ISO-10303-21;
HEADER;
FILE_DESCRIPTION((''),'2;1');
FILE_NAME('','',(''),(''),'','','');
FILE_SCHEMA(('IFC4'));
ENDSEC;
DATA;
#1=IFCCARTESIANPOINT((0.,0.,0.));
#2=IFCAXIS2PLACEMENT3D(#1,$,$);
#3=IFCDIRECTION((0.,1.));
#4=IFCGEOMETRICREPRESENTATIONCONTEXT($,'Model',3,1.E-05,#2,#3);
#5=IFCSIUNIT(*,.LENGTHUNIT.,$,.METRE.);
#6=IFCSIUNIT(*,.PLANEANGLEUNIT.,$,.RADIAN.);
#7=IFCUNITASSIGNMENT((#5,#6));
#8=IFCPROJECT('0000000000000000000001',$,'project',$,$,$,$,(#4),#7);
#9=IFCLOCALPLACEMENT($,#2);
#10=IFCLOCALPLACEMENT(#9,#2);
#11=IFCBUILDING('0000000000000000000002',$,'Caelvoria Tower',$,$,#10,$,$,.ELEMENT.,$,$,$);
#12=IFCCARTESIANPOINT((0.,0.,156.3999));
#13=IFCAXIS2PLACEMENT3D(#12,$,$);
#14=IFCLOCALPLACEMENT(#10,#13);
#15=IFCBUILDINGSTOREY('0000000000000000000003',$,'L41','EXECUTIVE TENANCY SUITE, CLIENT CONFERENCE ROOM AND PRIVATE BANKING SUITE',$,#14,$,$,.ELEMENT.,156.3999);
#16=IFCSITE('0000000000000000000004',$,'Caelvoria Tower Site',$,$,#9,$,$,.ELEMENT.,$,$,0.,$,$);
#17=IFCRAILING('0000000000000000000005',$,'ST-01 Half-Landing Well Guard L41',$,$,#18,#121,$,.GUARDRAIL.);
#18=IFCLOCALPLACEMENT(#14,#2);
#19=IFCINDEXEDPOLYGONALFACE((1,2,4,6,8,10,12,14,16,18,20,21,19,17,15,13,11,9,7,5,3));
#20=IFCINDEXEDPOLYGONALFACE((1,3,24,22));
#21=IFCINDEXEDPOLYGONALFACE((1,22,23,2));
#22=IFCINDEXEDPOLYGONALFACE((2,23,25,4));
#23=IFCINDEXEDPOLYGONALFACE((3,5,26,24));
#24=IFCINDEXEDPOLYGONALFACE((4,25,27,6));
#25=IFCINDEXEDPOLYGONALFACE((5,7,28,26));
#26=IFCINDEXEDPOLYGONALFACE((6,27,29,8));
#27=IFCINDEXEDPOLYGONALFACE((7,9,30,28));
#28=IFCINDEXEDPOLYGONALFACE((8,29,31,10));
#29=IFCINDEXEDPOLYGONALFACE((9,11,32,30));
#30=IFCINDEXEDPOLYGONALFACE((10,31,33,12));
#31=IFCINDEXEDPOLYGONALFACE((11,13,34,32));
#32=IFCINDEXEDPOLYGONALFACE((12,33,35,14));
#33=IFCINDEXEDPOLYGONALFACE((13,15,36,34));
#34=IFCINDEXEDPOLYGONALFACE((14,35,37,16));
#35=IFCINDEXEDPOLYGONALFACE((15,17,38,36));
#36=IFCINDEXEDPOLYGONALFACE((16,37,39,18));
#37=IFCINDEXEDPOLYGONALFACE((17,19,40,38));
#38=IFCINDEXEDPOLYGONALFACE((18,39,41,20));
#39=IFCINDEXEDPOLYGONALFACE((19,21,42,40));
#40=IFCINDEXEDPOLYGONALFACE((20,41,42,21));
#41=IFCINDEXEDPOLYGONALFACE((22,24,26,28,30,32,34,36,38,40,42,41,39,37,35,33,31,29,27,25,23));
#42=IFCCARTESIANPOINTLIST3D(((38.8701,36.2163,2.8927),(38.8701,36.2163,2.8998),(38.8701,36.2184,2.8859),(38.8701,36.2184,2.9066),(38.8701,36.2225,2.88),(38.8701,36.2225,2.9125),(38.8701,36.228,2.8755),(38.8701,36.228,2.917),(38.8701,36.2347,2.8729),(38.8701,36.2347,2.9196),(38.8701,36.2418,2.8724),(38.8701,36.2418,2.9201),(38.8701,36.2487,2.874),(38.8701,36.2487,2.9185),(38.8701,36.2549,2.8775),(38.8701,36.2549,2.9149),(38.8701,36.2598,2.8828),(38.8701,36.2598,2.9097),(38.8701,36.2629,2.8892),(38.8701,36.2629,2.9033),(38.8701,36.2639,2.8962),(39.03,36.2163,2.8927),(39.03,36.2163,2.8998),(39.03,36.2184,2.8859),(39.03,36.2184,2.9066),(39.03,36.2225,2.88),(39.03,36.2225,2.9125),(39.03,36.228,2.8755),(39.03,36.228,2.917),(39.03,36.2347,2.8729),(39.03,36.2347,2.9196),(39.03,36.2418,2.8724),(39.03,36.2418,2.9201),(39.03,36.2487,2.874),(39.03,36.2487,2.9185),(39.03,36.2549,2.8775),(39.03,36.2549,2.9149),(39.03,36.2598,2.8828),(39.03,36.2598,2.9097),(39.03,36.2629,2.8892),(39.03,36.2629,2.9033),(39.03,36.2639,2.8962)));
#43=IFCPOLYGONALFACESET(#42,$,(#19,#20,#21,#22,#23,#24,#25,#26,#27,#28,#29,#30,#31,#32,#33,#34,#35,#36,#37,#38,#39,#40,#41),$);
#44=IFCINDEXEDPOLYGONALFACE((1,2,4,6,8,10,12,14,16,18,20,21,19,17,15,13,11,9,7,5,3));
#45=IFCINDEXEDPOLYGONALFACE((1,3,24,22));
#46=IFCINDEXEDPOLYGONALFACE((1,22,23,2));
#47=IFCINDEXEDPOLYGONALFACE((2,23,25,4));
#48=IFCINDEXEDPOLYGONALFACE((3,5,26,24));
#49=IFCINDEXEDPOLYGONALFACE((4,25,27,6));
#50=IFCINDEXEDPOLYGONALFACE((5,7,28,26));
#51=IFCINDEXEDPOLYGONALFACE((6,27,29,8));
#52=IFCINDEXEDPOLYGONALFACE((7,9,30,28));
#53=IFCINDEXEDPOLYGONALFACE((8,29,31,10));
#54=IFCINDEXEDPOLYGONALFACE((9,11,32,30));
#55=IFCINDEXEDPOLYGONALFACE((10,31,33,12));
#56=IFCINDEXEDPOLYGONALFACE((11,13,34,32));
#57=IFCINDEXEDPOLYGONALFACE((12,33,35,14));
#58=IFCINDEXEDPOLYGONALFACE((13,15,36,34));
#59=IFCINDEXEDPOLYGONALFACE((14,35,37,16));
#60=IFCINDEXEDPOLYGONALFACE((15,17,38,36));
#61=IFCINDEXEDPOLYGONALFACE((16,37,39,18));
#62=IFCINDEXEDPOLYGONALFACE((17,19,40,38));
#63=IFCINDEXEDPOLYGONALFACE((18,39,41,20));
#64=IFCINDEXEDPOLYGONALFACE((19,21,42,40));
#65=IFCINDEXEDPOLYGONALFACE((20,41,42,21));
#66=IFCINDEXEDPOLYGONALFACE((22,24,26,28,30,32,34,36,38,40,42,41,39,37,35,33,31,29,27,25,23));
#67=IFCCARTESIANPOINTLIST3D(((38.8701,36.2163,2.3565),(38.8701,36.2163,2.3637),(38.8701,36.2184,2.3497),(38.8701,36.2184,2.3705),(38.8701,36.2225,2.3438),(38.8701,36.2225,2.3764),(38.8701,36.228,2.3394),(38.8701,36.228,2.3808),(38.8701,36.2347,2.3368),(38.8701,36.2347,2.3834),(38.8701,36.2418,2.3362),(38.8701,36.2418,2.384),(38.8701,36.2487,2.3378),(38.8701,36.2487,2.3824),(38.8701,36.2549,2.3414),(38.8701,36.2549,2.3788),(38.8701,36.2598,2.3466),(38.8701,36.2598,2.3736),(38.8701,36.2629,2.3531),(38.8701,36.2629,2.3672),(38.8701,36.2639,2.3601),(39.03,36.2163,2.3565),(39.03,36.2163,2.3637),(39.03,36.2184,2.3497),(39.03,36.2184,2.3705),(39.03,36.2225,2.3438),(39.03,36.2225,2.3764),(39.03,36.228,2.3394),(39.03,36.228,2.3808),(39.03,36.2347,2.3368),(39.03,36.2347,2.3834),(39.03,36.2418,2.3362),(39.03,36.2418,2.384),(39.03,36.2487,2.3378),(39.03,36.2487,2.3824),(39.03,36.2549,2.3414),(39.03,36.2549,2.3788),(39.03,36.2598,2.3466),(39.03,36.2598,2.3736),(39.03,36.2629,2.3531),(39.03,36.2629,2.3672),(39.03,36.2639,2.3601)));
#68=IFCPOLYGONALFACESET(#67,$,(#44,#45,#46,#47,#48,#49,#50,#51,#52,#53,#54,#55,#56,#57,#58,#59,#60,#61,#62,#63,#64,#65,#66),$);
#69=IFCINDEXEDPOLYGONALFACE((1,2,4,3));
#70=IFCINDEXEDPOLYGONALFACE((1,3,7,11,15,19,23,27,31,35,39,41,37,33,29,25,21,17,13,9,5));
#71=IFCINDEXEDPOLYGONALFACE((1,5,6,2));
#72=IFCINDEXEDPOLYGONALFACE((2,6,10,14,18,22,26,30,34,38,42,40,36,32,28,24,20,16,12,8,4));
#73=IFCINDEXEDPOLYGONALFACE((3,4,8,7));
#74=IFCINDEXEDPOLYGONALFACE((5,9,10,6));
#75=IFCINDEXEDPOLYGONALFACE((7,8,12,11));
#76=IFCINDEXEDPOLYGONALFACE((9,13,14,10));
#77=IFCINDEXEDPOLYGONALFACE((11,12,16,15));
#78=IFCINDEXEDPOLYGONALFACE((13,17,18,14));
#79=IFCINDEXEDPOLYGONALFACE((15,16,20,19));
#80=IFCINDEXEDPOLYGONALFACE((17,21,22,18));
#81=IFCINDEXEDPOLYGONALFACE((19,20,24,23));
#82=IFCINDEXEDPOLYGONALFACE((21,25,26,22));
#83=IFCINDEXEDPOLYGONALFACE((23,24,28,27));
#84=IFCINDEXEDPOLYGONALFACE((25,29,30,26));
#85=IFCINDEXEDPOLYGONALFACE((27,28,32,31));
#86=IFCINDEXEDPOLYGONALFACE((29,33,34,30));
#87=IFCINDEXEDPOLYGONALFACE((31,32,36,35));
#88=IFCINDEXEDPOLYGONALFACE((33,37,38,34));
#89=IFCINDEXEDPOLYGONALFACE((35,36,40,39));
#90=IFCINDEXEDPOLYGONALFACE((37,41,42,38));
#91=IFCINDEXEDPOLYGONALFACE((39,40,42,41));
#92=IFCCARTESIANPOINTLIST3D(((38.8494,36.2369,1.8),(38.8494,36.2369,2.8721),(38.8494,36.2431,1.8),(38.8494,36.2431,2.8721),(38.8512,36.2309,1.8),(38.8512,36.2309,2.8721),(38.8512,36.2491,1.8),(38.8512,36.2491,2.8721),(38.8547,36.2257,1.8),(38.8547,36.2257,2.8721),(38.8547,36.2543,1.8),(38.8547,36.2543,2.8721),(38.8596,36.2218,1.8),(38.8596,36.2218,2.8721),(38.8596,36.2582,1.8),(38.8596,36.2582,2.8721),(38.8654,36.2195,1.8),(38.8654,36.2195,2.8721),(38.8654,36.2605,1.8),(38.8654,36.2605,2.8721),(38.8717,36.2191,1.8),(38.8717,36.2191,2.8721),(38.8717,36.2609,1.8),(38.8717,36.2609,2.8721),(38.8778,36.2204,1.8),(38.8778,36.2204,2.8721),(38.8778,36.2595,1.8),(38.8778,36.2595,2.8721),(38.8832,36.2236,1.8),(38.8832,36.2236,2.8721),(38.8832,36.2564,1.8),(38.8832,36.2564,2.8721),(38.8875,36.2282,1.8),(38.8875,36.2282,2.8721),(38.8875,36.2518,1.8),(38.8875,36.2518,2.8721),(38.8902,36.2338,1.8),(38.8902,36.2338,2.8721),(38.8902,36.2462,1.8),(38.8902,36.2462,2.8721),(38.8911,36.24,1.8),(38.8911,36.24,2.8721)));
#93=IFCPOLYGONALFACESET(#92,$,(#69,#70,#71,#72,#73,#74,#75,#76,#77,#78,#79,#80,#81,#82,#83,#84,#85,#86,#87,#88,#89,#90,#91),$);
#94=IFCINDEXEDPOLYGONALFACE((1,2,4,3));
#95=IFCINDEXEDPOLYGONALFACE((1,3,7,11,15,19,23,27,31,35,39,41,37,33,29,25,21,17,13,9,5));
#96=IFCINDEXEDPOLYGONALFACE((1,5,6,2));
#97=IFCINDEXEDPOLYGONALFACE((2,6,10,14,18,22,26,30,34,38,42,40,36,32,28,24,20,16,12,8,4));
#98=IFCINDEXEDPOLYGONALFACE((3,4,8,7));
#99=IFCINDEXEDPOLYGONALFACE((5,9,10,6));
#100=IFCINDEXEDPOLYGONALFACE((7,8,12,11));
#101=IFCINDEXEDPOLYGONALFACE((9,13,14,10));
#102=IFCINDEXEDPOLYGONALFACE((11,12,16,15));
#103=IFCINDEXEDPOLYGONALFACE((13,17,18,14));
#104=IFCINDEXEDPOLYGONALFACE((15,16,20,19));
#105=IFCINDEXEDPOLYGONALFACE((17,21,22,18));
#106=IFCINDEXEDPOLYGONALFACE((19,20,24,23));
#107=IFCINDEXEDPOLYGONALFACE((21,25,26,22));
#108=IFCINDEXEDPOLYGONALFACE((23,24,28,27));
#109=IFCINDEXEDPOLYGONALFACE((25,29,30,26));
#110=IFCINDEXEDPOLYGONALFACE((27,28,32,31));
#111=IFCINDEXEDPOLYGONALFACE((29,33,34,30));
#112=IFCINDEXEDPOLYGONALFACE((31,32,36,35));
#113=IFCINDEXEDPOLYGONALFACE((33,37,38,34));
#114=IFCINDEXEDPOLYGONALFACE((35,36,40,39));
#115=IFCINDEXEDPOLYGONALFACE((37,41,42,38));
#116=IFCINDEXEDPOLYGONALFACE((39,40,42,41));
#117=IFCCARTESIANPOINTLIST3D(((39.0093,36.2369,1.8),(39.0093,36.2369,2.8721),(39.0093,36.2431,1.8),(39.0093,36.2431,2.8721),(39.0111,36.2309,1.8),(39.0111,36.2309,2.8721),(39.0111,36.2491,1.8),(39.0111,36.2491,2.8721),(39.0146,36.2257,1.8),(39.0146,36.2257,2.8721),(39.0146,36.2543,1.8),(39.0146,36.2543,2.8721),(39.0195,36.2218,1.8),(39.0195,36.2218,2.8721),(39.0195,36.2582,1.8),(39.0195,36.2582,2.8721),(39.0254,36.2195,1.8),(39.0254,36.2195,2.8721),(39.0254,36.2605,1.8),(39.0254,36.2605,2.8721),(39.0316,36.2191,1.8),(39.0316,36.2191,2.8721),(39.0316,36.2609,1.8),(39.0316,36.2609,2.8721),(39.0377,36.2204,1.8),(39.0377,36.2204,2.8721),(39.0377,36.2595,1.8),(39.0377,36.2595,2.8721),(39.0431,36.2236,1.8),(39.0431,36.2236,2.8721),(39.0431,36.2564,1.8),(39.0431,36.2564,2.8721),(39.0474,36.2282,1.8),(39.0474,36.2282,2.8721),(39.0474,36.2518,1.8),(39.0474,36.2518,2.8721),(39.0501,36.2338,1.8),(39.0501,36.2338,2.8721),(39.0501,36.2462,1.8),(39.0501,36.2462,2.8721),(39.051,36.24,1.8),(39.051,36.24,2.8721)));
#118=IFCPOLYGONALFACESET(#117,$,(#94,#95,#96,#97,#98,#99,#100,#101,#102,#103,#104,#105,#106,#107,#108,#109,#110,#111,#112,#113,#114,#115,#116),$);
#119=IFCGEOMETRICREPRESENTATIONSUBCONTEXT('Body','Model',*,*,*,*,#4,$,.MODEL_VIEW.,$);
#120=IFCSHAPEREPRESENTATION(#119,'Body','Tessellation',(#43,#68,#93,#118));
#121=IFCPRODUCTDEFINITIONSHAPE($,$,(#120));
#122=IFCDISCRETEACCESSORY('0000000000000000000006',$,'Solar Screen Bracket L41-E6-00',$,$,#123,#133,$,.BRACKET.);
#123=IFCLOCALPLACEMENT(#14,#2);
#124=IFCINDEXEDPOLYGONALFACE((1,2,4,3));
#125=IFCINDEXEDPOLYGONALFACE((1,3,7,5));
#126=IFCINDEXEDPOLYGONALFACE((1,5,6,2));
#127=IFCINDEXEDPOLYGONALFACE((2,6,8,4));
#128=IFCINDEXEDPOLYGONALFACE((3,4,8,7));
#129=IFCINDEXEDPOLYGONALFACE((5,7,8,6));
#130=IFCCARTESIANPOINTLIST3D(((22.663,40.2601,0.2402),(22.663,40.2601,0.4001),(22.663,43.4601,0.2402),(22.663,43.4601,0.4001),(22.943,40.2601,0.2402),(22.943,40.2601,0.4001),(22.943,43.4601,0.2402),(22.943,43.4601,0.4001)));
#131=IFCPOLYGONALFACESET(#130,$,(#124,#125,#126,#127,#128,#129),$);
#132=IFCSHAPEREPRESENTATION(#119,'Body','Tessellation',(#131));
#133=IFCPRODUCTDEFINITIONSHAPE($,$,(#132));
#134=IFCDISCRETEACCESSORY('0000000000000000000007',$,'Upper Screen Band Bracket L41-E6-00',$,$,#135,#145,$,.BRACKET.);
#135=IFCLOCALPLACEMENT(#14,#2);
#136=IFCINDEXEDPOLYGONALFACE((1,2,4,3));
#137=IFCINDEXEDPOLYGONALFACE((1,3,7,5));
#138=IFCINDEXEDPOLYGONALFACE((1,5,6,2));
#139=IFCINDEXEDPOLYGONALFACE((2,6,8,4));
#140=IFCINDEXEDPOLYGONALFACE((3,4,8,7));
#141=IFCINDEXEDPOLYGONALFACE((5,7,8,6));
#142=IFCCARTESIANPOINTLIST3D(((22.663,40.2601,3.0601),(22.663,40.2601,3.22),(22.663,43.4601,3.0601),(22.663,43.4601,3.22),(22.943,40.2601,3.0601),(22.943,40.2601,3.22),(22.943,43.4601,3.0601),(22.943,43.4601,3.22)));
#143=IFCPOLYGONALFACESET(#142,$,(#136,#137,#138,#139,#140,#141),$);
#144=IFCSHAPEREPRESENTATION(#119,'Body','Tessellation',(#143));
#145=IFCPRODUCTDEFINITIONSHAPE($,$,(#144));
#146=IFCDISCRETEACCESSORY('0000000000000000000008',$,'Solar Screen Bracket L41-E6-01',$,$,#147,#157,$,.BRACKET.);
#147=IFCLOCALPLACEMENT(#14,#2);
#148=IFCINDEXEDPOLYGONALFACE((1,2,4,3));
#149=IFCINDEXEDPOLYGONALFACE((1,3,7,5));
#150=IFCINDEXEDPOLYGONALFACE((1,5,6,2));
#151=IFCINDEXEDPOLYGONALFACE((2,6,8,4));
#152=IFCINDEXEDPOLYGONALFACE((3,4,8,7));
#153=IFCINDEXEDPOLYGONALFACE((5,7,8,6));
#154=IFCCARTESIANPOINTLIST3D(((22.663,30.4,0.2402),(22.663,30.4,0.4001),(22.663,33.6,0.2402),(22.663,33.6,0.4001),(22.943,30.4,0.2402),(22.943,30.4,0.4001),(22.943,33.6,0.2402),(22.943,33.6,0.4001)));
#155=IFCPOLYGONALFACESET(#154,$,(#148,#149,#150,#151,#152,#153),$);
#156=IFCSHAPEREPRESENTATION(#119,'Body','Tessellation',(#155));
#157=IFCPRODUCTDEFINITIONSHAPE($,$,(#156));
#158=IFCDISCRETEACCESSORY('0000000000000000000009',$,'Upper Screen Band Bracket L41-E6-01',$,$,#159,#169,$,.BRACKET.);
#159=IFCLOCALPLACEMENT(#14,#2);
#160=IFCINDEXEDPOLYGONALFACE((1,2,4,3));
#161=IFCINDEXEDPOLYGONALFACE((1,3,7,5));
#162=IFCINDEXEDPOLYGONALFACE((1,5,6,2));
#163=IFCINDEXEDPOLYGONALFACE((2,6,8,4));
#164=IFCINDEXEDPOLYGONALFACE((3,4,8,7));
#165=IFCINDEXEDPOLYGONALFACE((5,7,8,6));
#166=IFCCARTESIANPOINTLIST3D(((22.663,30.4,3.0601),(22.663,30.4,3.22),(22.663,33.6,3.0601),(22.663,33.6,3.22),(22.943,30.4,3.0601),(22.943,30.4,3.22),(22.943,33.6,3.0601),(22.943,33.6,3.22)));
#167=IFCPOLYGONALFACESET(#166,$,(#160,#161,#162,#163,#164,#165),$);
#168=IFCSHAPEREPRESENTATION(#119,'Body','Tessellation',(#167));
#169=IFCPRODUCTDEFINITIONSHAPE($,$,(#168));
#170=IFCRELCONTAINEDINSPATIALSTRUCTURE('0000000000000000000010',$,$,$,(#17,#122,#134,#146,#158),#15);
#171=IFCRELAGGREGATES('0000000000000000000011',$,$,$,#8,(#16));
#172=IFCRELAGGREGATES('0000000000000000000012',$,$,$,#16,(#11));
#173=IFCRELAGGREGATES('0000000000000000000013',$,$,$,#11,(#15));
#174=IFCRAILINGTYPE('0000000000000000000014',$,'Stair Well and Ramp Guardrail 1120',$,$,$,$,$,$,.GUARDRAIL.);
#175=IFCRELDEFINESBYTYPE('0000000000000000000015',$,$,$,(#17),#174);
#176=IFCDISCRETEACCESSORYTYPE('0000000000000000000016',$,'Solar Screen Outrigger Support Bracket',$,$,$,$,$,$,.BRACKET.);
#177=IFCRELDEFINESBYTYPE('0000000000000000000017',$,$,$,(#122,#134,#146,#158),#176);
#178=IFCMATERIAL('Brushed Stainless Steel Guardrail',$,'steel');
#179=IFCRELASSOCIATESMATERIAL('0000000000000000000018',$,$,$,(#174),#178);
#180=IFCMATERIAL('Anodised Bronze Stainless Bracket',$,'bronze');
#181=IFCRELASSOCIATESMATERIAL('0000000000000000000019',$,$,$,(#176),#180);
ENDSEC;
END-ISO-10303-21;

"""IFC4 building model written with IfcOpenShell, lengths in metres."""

from ifc_helpers import new_model, si_unit, direction, frame, origin, origin_2d, place, context, subcontext, project, spatial, rectangle, circle, extrude, material, type_object, element, save


model = new_model("IFC4")

# Units and contexts
model_context = context("Model", 3, precision=1e-05, world=origin(), true_north=direction((0.0, 1.0)))
body_context = subcontext(model_context, "Body", "Model", "MODEL_VIEW")
ifc_project = project(units=[si_unit("LENGTHUNIT", "METRE"), si_unit("PLANEANGLEUNIT", "RADIAN")], contexts=[model_context])

# Site, building, storey
site_placement = place(None, origin())
site = spatial("IfcSite", under=ifc_project, at=site_placement, Name="Caelvoria Tower Site", CompositionType="ELEMENT", RefElevation=0.0)
building_placement = place(site_placement, origin())
building = spatial("IfcBuilding", under=site, at=building_placement, Name="Caelvoria Tower", CompositionType="ELEMENT")
storey_placement = place(building_placement, frame((0.0, 0.0, 156.3999)))
storey = spatial("IfcBuildingStorey", under=building, at=storey_placement, Name="L41", Description="EXECUTIVE TENANCY SUITE, CLIENT CONFERENCE ROOM AND PRIVATE BANKING SUITE", CompositionType="ELEMENT", Elevation=156.3999)

# Railing
ifc_material_1 = material(Name="Brushed Stainless Steel Guardrail", Category="steel")
railing_type_1 = type_object("IfcRailingType", Name="Stair Well and Ramp Guardrail 1120", PredefinedType="GUARDRAIL", material=ifc_material_1)
railing_1_placement = place(storey_placement, frame((38.8701, 36.24, 1.8)))
element("IfcRailing", 1, at=railing_1_placement, inside=storey, type_object=railing_type_1, Name="ST-01 Half-Landing Well Guard L41", PredefinedType="GUARDRAIL", context=body_context, shape_type="SweptSolid", body=[
    extrude(circle(Radius=0.0239, at=origin_2d()), frame((0.0, 0.0, 1.0962), z_axis=(1.0, 0.0, 0.0), x_axis=(0.0, 1.0, 0.0)), (0.0, 0.0, 1.0), 0.1599),
    extrude(circle(Radius=0.0239, at=origin_2d()), frame((0.0, 0.0, 0.5601), z_axis=(1.0, 0.0, 0.0), x_axis=(0.0, 1.0, 0.0)), (0.0, 0.0, 1.0), 0.1599),
    extrude(circle(Radius=0.021, at=origin_2d()), origin(), (0.0, 0.0, 1.0), 1.072),
    extrude(circle(Radius=0.021, at=origin_2d()), frame((0.1599, 0.0, 0.0)), (0.0, 0.0, 1.0), 1.072),
])

# Discrete accessories
ifc_material_2 = material(Name="Anodised Bronze Stainless Bracket", Category="bronze")
discrete_accessory_type = type_object("IfcDiscreteAccessoryType", Name="Solar Screen Outrigger Support Bracket", PredefinedType="BRACKET", material=ifc_material_2)
for number, where, z_axis, x_axis, name in (
    (2, (22.803, 41.8601, 0.2402), (0.0, 0.0, 1.0), (0.0, -1.0, 0.0), "Solar Screen Bracket L41-E6-00"),
    (3, (22.803, 41.8601, 3.0601), (0.0, 0.0, 1.0), (0.0, -1.0, 0.0), "Upper Screen Band Bracket L41-E6-00"),
    (4, (22.803, 32.0, 0.2402), (0.0, 0.0, 1.0), (0.0, -1.0, 0.0), "Solar Screen Bracket L41-E6-01"),
    (5, (22.803, 32.0, 3.0601), (0.0, 0.0, 1.0), (0.0, -1.0, 0.0), "Upper Screen Band Bracket L41-E6-01"),
):
    element("IfcDiscreteAccessory", number, at=place(storey_placement, frame(where, z_axis=z_axis, x_axis=x_axis)), inside=storey, type_object=discrete_accessory_type, Name=name, PredefinedType="BRACKET", context=body_context, shape_type="SweptSolid", body=[
        extrude(rectangle(XDim=3.2, YDim=0.28, at=origin_2d()), origin(), (0.0, 0.0, 1.0), 0.1599),
    ])

save(model, "model.ifc")
